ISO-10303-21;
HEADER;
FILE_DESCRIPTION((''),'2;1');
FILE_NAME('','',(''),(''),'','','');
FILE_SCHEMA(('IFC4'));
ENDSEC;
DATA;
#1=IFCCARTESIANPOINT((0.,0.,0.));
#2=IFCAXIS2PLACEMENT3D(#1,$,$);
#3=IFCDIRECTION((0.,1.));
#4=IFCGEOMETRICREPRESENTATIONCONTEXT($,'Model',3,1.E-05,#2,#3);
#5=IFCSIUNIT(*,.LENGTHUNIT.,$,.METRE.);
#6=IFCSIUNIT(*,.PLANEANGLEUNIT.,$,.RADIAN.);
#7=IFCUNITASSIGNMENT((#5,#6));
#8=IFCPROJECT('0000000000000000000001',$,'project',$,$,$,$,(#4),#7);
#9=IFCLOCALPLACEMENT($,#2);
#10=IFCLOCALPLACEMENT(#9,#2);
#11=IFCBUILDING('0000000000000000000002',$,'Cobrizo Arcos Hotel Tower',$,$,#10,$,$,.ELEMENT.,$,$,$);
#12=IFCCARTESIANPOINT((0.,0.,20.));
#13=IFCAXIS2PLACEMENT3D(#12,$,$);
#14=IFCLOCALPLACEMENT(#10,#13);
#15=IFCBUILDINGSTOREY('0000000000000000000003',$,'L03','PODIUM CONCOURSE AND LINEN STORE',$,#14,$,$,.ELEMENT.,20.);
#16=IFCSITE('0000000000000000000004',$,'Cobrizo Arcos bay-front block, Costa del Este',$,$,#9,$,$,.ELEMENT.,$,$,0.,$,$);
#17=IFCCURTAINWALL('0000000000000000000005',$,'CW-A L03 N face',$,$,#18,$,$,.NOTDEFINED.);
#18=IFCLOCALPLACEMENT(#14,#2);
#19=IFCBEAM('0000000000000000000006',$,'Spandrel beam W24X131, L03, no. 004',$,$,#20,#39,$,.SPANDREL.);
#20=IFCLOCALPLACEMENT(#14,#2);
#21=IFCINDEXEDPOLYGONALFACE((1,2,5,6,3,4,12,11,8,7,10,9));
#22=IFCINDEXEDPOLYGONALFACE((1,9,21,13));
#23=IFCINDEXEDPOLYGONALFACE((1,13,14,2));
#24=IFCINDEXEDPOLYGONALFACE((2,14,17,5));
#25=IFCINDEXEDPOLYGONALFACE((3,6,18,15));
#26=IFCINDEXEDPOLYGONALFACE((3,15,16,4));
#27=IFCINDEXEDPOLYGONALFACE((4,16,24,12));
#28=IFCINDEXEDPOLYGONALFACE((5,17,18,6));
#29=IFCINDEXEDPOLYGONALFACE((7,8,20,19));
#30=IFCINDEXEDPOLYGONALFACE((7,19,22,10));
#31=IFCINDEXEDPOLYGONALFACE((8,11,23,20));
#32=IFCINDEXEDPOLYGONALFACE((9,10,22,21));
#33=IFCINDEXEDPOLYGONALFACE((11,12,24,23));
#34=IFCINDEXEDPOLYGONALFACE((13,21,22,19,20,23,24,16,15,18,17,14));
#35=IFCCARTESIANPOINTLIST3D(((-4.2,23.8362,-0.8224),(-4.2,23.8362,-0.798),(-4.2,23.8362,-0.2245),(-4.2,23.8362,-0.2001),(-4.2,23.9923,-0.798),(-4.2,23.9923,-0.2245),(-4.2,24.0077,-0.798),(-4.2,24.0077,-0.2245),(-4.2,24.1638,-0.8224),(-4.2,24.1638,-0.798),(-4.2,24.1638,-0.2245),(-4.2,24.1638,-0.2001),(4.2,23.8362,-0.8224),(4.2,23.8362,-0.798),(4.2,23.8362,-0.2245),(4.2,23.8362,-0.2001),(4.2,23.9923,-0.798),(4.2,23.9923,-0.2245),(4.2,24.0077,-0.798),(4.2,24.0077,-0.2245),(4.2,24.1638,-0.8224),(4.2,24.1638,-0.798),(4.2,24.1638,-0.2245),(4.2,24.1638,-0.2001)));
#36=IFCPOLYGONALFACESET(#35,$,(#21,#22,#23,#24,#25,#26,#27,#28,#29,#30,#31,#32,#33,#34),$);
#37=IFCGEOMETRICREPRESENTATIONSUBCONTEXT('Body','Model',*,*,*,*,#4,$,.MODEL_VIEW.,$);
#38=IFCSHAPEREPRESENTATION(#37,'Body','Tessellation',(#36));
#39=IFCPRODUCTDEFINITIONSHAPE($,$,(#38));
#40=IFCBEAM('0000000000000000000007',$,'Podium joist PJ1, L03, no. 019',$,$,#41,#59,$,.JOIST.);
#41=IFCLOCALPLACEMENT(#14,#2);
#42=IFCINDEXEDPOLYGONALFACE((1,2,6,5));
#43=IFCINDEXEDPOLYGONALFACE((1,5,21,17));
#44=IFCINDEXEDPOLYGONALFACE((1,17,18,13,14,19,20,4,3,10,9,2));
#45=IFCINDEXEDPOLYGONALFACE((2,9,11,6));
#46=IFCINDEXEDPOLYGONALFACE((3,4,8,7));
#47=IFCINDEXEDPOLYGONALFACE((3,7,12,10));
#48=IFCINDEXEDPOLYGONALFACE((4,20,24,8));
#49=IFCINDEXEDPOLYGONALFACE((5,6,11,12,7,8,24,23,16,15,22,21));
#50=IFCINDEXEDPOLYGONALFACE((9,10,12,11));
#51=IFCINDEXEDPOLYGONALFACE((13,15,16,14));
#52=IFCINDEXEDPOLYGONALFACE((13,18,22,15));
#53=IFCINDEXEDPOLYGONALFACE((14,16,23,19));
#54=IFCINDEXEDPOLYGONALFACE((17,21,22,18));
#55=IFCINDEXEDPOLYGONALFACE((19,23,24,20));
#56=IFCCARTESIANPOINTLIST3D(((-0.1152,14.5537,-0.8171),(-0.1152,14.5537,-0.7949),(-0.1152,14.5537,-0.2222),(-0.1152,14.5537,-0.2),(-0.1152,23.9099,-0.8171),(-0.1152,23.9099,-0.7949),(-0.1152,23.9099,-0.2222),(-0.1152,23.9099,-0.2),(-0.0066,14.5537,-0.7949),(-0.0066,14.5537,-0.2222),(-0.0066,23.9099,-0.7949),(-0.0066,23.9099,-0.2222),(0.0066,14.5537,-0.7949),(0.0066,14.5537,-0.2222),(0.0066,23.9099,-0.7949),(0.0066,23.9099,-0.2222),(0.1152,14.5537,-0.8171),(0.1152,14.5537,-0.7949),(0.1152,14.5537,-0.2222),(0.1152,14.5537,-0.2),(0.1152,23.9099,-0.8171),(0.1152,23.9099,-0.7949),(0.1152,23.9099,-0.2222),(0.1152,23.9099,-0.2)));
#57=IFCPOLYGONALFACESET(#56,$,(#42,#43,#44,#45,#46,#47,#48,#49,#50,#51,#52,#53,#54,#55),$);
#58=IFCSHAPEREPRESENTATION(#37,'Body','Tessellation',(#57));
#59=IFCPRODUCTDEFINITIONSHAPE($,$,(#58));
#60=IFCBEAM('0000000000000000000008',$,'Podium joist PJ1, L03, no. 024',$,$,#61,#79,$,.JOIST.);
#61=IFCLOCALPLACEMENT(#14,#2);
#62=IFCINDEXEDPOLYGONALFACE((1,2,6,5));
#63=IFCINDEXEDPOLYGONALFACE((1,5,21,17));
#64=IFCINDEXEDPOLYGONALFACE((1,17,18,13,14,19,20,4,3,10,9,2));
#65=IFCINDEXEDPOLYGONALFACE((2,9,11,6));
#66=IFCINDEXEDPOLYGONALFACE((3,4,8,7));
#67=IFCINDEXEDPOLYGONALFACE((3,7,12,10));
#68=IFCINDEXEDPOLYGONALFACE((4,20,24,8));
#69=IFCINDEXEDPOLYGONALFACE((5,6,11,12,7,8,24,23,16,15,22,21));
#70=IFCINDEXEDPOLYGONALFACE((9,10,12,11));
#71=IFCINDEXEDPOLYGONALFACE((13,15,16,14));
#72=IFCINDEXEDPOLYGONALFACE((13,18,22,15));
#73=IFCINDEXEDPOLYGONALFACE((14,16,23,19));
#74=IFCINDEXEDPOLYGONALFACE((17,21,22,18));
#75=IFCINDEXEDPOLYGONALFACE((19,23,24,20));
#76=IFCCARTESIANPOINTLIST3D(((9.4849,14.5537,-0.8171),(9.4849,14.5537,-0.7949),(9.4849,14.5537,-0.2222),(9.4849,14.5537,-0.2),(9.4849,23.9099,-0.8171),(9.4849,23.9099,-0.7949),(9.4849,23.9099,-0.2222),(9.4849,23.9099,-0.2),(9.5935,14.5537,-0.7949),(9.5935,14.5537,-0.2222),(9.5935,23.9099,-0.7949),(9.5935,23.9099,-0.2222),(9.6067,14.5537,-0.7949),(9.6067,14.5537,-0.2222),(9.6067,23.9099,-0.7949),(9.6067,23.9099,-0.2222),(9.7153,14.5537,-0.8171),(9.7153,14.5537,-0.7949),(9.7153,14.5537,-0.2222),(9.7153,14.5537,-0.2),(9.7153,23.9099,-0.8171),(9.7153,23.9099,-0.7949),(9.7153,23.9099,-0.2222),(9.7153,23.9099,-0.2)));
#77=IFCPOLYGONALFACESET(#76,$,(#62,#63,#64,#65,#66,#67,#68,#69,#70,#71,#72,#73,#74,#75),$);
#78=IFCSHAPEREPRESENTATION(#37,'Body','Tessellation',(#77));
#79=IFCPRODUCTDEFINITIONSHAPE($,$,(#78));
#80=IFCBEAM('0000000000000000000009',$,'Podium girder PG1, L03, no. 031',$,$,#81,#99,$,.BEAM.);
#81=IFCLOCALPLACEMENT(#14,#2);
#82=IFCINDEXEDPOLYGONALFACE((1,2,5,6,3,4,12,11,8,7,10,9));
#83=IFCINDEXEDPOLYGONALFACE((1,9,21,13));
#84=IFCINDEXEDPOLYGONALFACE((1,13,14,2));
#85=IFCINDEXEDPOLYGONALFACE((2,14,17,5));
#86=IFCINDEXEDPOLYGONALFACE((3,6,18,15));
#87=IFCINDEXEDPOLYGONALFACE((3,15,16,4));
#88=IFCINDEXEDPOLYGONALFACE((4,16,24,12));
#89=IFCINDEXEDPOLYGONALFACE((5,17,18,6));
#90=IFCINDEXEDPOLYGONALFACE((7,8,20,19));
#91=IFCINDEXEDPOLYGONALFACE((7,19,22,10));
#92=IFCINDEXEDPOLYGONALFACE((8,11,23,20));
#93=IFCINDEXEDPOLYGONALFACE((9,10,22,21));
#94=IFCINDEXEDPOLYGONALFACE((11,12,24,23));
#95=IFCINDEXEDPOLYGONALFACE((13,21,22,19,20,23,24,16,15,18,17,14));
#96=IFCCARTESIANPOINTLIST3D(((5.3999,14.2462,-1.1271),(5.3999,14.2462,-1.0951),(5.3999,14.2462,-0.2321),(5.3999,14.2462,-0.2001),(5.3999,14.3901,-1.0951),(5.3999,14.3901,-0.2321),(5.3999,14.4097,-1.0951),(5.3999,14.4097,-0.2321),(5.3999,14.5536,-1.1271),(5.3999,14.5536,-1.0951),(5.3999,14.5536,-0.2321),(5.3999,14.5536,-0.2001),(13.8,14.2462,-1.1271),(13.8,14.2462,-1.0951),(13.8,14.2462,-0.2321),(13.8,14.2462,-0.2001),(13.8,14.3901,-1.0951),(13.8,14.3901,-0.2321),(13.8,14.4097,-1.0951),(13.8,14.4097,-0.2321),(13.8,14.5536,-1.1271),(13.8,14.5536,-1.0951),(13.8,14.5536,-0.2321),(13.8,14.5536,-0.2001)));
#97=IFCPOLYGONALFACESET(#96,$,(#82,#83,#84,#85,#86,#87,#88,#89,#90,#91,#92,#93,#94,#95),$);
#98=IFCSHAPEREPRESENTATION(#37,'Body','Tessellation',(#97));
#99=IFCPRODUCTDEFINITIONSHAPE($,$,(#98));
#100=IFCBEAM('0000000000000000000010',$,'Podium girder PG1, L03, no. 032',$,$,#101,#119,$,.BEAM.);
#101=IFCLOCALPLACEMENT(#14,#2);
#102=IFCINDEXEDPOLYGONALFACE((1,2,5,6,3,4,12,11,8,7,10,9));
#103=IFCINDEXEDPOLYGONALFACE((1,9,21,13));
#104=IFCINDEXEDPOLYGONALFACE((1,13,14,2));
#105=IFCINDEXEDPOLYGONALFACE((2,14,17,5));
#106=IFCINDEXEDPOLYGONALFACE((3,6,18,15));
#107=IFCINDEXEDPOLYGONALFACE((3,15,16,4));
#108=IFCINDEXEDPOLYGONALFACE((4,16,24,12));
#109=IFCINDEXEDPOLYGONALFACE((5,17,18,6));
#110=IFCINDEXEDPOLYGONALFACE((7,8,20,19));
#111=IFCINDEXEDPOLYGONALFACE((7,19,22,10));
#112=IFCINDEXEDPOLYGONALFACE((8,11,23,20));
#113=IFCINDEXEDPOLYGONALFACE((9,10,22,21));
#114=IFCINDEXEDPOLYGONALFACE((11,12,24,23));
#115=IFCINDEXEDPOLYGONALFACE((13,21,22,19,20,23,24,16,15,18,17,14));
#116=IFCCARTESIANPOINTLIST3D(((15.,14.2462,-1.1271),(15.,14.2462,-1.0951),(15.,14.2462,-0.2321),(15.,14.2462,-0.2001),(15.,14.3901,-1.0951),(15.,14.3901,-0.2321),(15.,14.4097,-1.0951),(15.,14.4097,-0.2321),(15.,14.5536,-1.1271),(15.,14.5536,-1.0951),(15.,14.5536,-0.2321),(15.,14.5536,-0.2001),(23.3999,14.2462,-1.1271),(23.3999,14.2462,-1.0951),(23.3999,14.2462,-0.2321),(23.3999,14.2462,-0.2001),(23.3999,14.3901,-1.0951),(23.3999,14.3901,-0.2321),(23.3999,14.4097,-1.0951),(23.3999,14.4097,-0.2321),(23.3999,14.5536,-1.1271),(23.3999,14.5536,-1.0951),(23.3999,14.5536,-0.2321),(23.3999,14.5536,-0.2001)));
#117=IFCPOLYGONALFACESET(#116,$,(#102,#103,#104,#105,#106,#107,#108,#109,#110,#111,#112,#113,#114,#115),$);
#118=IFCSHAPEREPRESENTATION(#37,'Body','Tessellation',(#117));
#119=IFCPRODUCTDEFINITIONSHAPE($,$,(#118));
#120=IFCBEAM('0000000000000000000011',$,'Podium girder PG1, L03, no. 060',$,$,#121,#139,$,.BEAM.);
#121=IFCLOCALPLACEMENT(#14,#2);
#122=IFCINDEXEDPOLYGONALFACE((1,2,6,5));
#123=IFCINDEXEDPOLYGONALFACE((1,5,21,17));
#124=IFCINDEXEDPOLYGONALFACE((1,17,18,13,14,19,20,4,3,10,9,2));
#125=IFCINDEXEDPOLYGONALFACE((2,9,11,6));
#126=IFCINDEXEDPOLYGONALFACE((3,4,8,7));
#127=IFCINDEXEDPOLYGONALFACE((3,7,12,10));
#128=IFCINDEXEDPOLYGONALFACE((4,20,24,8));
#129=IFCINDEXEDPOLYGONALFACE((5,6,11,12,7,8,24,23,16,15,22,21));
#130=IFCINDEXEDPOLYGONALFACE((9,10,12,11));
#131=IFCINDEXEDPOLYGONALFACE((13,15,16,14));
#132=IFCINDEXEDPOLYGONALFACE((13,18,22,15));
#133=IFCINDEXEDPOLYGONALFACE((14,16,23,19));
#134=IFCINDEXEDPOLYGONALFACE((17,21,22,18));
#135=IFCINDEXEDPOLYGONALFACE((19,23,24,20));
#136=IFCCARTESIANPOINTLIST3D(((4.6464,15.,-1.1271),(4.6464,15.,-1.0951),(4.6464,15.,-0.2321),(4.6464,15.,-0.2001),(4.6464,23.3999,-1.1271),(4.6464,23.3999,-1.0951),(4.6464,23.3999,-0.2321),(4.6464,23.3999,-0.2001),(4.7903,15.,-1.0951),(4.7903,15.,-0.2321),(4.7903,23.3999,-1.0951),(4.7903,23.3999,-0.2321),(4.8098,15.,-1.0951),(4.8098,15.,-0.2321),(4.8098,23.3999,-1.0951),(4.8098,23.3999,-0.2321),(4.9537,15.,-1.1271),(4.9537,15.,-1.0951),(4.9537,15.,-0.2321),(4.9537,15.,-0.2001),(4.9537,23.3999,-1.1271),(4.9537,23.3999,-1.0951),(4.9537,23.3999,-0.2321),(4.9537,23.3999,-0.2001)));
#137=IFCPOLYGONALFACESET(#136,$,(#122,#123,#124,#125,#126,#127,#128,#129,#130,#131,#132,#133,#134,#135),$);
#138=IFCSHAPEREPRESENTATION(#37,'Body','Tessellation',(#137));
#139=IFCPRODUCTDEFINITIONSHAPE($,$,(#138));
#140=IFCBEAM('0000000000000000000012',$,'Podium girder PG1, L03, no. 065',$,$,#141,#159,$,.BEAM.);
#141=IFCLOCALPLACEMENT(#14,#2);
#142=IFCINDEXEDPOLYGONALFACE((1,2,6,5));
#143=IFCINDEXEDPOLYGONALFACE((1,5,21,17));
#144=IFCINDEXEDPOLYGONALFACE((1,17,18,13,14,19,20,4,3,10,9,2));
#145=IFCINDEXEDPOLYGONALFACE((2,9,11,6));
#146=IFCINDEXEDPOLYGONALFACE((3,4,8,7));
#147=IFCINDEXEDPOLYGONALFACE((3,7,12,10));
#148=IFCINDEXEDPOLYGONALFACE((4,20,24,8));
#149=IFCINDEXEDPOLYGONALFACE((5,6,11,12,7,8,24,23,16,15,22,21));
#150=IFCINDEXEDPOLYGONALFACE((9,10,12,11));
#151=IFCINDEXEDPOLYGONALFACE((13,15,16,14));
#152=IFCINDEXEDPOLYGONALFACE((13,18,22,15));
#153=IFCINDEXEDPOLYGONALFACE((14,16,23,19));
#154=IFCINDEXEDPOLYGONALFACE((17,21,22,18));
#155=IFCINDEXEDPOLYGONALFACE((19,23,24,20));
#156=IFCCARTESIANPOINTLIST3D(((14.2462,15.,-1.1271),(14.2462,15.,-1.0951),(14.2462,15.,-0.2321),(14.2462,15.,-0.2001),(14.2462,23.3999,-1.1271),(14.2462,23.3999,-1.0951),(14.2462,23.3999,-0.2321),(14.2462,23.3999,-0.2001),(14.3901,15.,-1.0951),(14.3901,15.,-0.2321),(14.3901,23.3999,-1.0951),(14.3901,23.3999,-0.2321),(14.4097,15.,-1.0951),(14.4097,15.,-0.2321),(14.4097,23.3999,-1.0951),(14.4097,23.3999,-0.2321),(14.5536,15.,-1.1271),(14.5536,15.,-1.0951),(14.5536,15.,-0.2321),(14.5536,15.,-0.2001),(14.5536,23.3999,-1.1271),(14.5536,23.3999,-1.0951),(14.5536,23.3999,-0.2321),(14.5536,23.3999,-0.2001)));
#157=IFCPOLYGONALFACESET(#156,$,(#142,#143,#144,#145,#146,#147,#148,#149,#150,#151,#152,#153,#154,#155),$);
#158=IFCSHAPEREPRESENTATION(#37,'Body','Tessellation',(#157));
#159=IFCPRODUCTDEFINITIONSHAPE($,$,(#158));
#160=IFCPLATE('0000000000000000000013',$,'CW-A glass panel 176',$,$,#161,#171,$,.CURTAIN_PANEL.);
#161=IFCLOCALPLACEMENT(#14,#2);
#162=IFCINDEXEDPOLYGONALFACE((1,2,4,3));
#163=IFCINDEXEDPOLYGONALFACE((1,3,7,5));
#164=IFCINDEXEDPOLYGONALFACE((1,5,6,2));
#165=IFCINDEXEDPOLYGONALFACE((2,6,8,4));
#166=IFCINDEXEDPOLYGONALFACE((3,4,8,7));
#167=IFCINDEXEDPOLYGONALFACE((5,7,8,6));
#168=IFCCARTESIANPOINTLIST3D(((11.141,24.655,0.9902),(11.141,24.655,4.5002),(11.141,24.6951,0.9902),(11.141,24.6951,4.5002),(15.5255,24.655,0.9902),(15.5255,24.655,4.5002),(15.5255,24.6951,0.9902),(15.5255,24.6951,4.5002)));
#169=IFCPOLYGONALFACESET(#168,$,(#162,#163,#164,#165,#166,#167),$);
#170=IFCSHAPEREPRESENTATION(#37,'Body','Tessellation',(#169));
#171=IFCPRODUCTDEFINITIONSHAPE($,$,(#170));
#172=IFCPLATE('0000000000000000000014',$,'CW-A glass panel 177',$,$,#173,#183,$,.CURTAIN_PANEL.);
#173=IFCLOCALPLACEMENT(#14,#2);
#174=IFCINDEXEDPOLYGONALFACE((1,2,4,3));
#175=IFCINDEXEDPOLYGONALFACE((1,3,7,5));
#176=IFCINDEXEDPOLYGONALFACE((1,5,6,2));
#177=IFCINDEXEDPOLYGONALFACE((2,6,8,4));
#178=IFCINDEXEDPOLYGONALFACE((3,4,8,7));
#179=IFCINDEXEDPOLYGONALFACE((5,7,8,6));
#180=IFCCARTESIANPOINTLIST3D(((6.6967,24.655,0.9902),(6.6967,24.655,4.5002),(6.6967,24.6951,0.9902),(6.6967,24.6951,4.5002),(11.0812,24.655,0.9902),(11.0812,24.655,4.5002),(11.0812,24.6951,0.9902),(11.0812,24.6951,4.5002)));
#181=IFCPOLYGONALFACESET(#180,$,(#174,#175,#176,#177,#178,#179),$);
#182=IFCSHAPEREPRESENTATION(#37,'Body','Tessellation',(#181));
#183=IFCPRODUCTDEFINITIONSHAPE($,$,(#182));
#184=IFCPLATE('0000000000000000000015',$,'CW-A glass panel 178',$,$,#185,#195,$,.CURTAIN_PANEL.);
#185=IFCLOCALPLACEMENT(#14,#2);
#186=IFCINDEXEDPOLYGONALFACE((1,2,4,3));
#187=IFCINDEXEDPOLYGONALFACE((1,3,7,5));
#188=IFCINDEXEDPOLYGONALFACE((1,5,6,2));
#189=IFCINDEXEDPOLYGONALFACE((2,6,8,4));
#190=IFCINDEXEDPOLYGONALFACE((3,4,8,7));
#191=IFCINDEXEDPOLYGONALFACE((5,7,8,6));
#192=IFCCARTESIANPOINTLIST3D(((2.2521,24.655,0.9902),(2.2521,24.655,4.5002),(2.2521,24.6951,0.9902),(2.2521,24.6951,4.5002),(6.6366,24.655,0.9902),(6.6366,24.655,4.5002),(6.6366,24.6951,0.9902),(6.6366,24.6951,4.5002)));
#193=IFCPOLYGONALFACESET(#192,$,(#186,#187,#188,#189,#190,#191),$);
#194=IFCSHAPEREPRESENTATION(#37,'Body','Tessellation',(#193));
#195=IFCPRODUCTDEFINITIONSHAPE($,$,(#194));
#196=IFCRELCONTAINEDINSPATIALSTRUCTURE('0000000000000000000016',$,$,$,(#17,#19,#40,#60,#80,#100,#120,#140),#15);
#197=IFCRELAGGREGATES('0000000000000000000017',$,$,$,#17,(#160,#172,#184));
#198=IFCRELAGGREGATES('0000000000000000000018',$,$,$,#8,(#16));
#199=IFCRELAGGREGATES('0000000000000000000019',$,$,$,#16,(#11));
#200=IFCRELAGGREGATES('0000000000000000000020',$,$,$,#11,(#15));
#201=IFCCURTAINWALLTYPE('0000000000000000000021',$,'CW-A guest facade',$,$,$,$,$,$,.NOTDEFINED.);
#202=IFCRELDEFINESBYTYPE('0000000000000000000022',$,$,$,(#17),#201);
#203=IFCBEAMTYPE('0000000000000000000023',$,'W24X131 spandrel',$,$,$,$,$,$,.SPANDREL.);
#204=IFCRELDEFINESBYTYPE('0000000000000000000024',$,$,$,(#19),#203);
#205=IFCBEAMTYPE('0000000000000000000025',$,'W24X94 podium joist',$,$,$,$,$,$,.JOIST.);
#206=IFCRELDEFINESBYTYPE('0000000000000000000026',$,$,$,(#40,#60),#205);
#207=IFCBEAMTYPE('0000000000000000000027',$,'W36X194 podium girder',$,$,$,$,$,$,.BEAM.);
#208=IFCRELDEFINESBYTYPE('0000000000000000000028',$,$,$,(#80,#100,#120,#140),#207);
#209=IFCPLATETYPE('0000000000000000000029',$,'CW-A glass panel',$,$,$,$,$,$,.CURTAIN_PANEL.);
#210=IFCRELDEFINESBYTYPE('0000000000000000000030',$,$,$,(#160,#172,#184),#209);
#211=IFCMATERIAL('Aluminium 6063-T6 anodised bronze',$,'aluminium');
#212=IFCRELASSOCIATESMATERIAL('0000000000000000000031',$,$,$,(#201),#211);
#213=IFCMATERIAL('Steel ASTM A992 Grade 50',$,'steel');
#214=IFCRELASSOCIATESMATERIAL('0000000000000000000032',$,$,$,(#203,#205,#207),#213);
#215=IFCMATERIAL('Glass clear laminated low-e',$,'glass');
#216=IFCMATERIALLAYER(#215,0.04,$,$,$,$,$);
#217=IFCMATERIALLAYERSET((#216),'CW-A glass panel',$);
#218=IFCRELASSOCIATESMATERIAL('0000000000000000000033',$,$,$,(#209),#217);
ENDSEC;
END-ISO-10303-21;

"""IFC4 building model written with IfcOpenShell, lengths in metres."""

from ifc_helpers import new_model, si_unit, direction, frame, origin, origin_2d, place, context, subcontext, project, spatial, rectangle, i_section, extrude, material, layer, layer_set, material_profile, profile_set, type_object, element, aggregate, save


model = new_model("IFC4")

# Units and contexts
model_context = context("Model", 3, precision=1e-05, world=origin(), true_north=direction((0.0, 1.0)))
body_context = subcontext(model_context, "Body", "Model", "MODEL_VIEW")
ifc_project = project(units=[si_unit("LENGTHUNIT", "METRE"), si_unit("PLANEANGLEUNIT", "RADIAN")], contexts=[model_context])

# Site, building, storey
site_placement = place(None, origin())
site = spatial("IfcSite", under=ifc_project, at=site_placement, Name="Cobrizo Arcos bay-front block, Costa del Este", CompositionType="ELEMENT", RefElevation=0.0)
building_placement = place(site_placement, origin())
building = spatial("IfcBuilding", under=site, at=building_placement, Name="Cobrizo Arcos Hotel Tower", CompositionType="ELEMENT")
storey_placement = place(building_placement, frame((0.0, 0.0, 20.0)))
storey = spatial("IfcBuildingStorey", under=building, at=storey_placement, Name="L03", Description="PODIUM CONCOURSE AND LINEN STORE", CompositionType="ELEMENT", Elevation=20.0)

# Curtain wall
ifc_material_1 = material(Name="Aluminium 6063-T6 anodised bronze", Category="aluminium")
curtain_wall_type = type_object("IfcCurtainWallType", Name="CW-A guest facade", PredefinedType="NOTDEFINED", material=ifc_material_1)
curtain_wall_placement = place(storey_placement, origin())
curtain_wall = element("IfcCurtainWall", 1, at=curtain_wall_placement, inside=storey, type_object=curtain_wall_type, Name="CW-A L03 N face", PredefinedType="NOTDEFINED")

# Beams
ifc_material_2 = material(Name="Steel ASTM A992 Grade 50", Category="steel")
ifc_material_profile_1 = material_profile(ifc_material_2, i_section(OverallWidth=0.3276, OverallDepth=0.6223, WebThickness=0.0154, FlangeThickness=0.0244, at=origin_2d()), Name="W24X131")
ifc_profile_set_1 = profile_set([ifc_material_profile_1], Name="Steel ASTM A992 Grade 50")
beam_type_1 = type_object("IfcBeamType", Name="W24X131 spandrel", PredefinedType="SPANDREL", material=ifc_profile_set_1)
beam_1_placement = place(storey_placement, frame((4.2, 24.0, -0.5112), z_axis=(-1.0, 0.0, 0.0), x_axis=(0.0, -1.0, 0.0)))
element("IfcBeam", 2, at=beam_1_placement, inside=storey, type_object=beam_type_1, Name="Spandrel beam W24X131, L03, no. 004", PredefinedType="SPANDREL", context=body_context, shape_type="SweptSolid", body=[
    extrude(i_section(OverallWidth=0.3276, OverallDepth=0.6223, WebThickness=0.0154, FlangeThickness=0.0244, at=origin_2d()), origin(), (0.0, 0.0, 1.0), 8.3999),
])
ifc_material_profile_2 = material_profile(ifc_material_2, i_section(OverallWidth=0.2305, OverallDepth=0.6172, WebThickness=0.0132, FlangeThickness=0.0222, at=origin_2d()), Name="W24X94")
ifc_profile_set_2 = profile_set([ifc_material_profile_2], Name="Steel ASTM A992 Grade 50")
beam_type_2 = type_object("IfcBeamType", Name="W24X94 podium joist", PredefinedType="JOIST", material=ifc_profile_set_2)
for number, where, z_axis, x_axis, name in (
    (3, (0.0, 14.5537, -0.5085), (0.0, 1.0, 0.0), (-1.0, 0.0, 0.0), "Podium joist PJ1, L03, no. 019"),
    (4, (9.6001, 14.5537, -0.5085), (0.0, 1.0, 0.0), (-1.0, 0.0, 0.0), "Podium joist PJ1, L03, no. 024"),
):
    element("IfcBeam", number, at=place(storey_placement, frame(where, z_axis=z_axis, x_axis=x_axis)), inside=storey, type_object=beam_type_2, Name=name, PredefinedType="JOIST", context=body_context, shape_type="SweptSolid", body=[
        extrude(i_section(OverallWidth=0.2305, OverallDepth=0.6172, WebThickness=0.0132, FlangeThickness=0.0222, at=origin_2d()), origin(), (0.0, 0.0, 1.0), 9.3562),
    ])
ifc_material_profile_3 = material_profile(ifc_material_2, i_section(OverallWidth=0.3074, OverallDepth=0.927, WebThickness=0.0195, FlangeThickness=0.032, at=origin_2d()), Name="W36X194")
ifc_profile_set_3 = profile_set([ifc_material_profile_3], Name="Steel ASTM A992 Grade 50")
beam_type_3 = type_object("IfcBeamType", Name="W36X194 podium girder", PredefinedType="BEAM", material=ifc_profile_set_3)
beam_2_placement = place(storey_placement, frame((5.3999, 14.3999, -0.6636), z_axis=(1.0, 0.0, 0.0), x_axis=(0.0, 1.0, 0.0)))
element("IfcBeam", 5, at=beam_2_placement, inside=storey, type_object=beam_type_3, Name="Podium girder PG1, L03, no. 031", PredefinedType="BEAM", context=body_context, shape_type="SweptSolid", body=[
    extrude(i_section(OverallWidth=0.3074, OverallDepth=0.927, WebThickness=0.0195, FlangeThickness=0.032, at=origin_2d()), origin(), (0.0, 0.0, 1.0), 8.4001),
])
for number, where, z_axis, x_axis, name in (
    (6, (15.0, 14.3999, -0.6636), (1.0, 0.0, 0.0), (0.0, 1.0, 0.0), "Podium girder PG1, L03, no. 032"),
    (7, (4.8, 15.0, -0.6636), (0.0, 1.0, 0.0), (-1.0, 0.0, 0.0), "Podium girder PG1, L03, no. 060"),
    (8, (14.3999, 15.0, -0.6636), (0.0, 1.0, 0.0), (-1.0, 0.0, 0.0), "Podium girder PG1, L03, no. 065"),
):
    element("IfcBeam", number, at=place(storey_placement, frame(where, z_axis=z_axis, x_axis=x_axis)), inside=storey, type_object=beam_type_3, Name=name, PredefinedType="BEAM", context=body_context, shape_type="SweptSolid", body=[
        extrude(i_section(OverallWidth=0.3074, OverallDepth=0.927, WebThickness=0.0195, FlangeThickness=0.032, at=origin_2d()), origin(), (0.0, 0.0, 1.0), 8.3999),
    ])

# Plates
ifc_material_3 = material(Name="Glass clear laminated low-e", Category="glass")
ifc_layer_1 = layer(ifc_material_3, 0.04)
ifc_layer_set_1 = layer_set([ifc_layer_1], Name="CW-A glass panel")
plate_type_1 = type_object("IfcPlateType", Name="CW-A glass panel", PredefinedType="CURTAIN_PANEL", material=ifc_layer_set_1)
plate_1_placement = place(storey_placement, frame((13.3333, 24.675, 0.9902), z_axis=(0.0, 0.0, 1.0), x_axis=(-1.0, 0.0, 0.0)))
plate_1 = element("IfcPlate", 9, at=plate_1_placement, type_object=plate_type_1, Name="CW-A glass panel 176", PredefinedType="CURTAIN_PANEL", context=body_context, shape_type="SweptSolid", body=[
    extrude(rectangle(XDim=4.3845, YDim=0.04, at=origin_2d()), origin(), (0.0, 0.0, 1.0), 3.51),
])
plate_2_placement = place(storey_placement, frame((8.8889, 24.675, 0.9902), z_axis=(0.0, 0.0, 1.0), x_axis=(-1.0, 0.0, 0.0)))
plate_2 = element("IfcPlate", 10, at=plate_2_placement, type_object=plate_type_1, Name="CW-A glass panel 177", PredefinedType="CURTAIN_PANEL", context=body_context, shape_type="SweptSolid", body=[
    extrude(rectangle(XDim=4.3845, YDim=0.04, at=origin_2d()), origin(), (0.0, 0.0, 1.0), 3.51),
])
plate_3_placement = place(storey_placement, frame((4.4443, 24.675, 0.9902), z_axis=(0.0, 0.0, 1.0), x_axis=(-1.0, 0.0, 0.0)))
plate_3 = element("IfcPlate", 11, at=plate_3_placement, type_object=plate_type_1, Name="CW-A glass panel 178", PredefinedType="CURTAIN_PANEL", context=body_context, shape_type="SweptSolid", body=[
    extrude(rectangle(XDim=4.3845, YDim=0.04, at=origin_2d()), origin(), (0.0, 0.0, 1.0), 3.51),
])
aggregate(curtain_wall, [plate_1, plate_2, plate_3])

save(model, "model.ifc")
